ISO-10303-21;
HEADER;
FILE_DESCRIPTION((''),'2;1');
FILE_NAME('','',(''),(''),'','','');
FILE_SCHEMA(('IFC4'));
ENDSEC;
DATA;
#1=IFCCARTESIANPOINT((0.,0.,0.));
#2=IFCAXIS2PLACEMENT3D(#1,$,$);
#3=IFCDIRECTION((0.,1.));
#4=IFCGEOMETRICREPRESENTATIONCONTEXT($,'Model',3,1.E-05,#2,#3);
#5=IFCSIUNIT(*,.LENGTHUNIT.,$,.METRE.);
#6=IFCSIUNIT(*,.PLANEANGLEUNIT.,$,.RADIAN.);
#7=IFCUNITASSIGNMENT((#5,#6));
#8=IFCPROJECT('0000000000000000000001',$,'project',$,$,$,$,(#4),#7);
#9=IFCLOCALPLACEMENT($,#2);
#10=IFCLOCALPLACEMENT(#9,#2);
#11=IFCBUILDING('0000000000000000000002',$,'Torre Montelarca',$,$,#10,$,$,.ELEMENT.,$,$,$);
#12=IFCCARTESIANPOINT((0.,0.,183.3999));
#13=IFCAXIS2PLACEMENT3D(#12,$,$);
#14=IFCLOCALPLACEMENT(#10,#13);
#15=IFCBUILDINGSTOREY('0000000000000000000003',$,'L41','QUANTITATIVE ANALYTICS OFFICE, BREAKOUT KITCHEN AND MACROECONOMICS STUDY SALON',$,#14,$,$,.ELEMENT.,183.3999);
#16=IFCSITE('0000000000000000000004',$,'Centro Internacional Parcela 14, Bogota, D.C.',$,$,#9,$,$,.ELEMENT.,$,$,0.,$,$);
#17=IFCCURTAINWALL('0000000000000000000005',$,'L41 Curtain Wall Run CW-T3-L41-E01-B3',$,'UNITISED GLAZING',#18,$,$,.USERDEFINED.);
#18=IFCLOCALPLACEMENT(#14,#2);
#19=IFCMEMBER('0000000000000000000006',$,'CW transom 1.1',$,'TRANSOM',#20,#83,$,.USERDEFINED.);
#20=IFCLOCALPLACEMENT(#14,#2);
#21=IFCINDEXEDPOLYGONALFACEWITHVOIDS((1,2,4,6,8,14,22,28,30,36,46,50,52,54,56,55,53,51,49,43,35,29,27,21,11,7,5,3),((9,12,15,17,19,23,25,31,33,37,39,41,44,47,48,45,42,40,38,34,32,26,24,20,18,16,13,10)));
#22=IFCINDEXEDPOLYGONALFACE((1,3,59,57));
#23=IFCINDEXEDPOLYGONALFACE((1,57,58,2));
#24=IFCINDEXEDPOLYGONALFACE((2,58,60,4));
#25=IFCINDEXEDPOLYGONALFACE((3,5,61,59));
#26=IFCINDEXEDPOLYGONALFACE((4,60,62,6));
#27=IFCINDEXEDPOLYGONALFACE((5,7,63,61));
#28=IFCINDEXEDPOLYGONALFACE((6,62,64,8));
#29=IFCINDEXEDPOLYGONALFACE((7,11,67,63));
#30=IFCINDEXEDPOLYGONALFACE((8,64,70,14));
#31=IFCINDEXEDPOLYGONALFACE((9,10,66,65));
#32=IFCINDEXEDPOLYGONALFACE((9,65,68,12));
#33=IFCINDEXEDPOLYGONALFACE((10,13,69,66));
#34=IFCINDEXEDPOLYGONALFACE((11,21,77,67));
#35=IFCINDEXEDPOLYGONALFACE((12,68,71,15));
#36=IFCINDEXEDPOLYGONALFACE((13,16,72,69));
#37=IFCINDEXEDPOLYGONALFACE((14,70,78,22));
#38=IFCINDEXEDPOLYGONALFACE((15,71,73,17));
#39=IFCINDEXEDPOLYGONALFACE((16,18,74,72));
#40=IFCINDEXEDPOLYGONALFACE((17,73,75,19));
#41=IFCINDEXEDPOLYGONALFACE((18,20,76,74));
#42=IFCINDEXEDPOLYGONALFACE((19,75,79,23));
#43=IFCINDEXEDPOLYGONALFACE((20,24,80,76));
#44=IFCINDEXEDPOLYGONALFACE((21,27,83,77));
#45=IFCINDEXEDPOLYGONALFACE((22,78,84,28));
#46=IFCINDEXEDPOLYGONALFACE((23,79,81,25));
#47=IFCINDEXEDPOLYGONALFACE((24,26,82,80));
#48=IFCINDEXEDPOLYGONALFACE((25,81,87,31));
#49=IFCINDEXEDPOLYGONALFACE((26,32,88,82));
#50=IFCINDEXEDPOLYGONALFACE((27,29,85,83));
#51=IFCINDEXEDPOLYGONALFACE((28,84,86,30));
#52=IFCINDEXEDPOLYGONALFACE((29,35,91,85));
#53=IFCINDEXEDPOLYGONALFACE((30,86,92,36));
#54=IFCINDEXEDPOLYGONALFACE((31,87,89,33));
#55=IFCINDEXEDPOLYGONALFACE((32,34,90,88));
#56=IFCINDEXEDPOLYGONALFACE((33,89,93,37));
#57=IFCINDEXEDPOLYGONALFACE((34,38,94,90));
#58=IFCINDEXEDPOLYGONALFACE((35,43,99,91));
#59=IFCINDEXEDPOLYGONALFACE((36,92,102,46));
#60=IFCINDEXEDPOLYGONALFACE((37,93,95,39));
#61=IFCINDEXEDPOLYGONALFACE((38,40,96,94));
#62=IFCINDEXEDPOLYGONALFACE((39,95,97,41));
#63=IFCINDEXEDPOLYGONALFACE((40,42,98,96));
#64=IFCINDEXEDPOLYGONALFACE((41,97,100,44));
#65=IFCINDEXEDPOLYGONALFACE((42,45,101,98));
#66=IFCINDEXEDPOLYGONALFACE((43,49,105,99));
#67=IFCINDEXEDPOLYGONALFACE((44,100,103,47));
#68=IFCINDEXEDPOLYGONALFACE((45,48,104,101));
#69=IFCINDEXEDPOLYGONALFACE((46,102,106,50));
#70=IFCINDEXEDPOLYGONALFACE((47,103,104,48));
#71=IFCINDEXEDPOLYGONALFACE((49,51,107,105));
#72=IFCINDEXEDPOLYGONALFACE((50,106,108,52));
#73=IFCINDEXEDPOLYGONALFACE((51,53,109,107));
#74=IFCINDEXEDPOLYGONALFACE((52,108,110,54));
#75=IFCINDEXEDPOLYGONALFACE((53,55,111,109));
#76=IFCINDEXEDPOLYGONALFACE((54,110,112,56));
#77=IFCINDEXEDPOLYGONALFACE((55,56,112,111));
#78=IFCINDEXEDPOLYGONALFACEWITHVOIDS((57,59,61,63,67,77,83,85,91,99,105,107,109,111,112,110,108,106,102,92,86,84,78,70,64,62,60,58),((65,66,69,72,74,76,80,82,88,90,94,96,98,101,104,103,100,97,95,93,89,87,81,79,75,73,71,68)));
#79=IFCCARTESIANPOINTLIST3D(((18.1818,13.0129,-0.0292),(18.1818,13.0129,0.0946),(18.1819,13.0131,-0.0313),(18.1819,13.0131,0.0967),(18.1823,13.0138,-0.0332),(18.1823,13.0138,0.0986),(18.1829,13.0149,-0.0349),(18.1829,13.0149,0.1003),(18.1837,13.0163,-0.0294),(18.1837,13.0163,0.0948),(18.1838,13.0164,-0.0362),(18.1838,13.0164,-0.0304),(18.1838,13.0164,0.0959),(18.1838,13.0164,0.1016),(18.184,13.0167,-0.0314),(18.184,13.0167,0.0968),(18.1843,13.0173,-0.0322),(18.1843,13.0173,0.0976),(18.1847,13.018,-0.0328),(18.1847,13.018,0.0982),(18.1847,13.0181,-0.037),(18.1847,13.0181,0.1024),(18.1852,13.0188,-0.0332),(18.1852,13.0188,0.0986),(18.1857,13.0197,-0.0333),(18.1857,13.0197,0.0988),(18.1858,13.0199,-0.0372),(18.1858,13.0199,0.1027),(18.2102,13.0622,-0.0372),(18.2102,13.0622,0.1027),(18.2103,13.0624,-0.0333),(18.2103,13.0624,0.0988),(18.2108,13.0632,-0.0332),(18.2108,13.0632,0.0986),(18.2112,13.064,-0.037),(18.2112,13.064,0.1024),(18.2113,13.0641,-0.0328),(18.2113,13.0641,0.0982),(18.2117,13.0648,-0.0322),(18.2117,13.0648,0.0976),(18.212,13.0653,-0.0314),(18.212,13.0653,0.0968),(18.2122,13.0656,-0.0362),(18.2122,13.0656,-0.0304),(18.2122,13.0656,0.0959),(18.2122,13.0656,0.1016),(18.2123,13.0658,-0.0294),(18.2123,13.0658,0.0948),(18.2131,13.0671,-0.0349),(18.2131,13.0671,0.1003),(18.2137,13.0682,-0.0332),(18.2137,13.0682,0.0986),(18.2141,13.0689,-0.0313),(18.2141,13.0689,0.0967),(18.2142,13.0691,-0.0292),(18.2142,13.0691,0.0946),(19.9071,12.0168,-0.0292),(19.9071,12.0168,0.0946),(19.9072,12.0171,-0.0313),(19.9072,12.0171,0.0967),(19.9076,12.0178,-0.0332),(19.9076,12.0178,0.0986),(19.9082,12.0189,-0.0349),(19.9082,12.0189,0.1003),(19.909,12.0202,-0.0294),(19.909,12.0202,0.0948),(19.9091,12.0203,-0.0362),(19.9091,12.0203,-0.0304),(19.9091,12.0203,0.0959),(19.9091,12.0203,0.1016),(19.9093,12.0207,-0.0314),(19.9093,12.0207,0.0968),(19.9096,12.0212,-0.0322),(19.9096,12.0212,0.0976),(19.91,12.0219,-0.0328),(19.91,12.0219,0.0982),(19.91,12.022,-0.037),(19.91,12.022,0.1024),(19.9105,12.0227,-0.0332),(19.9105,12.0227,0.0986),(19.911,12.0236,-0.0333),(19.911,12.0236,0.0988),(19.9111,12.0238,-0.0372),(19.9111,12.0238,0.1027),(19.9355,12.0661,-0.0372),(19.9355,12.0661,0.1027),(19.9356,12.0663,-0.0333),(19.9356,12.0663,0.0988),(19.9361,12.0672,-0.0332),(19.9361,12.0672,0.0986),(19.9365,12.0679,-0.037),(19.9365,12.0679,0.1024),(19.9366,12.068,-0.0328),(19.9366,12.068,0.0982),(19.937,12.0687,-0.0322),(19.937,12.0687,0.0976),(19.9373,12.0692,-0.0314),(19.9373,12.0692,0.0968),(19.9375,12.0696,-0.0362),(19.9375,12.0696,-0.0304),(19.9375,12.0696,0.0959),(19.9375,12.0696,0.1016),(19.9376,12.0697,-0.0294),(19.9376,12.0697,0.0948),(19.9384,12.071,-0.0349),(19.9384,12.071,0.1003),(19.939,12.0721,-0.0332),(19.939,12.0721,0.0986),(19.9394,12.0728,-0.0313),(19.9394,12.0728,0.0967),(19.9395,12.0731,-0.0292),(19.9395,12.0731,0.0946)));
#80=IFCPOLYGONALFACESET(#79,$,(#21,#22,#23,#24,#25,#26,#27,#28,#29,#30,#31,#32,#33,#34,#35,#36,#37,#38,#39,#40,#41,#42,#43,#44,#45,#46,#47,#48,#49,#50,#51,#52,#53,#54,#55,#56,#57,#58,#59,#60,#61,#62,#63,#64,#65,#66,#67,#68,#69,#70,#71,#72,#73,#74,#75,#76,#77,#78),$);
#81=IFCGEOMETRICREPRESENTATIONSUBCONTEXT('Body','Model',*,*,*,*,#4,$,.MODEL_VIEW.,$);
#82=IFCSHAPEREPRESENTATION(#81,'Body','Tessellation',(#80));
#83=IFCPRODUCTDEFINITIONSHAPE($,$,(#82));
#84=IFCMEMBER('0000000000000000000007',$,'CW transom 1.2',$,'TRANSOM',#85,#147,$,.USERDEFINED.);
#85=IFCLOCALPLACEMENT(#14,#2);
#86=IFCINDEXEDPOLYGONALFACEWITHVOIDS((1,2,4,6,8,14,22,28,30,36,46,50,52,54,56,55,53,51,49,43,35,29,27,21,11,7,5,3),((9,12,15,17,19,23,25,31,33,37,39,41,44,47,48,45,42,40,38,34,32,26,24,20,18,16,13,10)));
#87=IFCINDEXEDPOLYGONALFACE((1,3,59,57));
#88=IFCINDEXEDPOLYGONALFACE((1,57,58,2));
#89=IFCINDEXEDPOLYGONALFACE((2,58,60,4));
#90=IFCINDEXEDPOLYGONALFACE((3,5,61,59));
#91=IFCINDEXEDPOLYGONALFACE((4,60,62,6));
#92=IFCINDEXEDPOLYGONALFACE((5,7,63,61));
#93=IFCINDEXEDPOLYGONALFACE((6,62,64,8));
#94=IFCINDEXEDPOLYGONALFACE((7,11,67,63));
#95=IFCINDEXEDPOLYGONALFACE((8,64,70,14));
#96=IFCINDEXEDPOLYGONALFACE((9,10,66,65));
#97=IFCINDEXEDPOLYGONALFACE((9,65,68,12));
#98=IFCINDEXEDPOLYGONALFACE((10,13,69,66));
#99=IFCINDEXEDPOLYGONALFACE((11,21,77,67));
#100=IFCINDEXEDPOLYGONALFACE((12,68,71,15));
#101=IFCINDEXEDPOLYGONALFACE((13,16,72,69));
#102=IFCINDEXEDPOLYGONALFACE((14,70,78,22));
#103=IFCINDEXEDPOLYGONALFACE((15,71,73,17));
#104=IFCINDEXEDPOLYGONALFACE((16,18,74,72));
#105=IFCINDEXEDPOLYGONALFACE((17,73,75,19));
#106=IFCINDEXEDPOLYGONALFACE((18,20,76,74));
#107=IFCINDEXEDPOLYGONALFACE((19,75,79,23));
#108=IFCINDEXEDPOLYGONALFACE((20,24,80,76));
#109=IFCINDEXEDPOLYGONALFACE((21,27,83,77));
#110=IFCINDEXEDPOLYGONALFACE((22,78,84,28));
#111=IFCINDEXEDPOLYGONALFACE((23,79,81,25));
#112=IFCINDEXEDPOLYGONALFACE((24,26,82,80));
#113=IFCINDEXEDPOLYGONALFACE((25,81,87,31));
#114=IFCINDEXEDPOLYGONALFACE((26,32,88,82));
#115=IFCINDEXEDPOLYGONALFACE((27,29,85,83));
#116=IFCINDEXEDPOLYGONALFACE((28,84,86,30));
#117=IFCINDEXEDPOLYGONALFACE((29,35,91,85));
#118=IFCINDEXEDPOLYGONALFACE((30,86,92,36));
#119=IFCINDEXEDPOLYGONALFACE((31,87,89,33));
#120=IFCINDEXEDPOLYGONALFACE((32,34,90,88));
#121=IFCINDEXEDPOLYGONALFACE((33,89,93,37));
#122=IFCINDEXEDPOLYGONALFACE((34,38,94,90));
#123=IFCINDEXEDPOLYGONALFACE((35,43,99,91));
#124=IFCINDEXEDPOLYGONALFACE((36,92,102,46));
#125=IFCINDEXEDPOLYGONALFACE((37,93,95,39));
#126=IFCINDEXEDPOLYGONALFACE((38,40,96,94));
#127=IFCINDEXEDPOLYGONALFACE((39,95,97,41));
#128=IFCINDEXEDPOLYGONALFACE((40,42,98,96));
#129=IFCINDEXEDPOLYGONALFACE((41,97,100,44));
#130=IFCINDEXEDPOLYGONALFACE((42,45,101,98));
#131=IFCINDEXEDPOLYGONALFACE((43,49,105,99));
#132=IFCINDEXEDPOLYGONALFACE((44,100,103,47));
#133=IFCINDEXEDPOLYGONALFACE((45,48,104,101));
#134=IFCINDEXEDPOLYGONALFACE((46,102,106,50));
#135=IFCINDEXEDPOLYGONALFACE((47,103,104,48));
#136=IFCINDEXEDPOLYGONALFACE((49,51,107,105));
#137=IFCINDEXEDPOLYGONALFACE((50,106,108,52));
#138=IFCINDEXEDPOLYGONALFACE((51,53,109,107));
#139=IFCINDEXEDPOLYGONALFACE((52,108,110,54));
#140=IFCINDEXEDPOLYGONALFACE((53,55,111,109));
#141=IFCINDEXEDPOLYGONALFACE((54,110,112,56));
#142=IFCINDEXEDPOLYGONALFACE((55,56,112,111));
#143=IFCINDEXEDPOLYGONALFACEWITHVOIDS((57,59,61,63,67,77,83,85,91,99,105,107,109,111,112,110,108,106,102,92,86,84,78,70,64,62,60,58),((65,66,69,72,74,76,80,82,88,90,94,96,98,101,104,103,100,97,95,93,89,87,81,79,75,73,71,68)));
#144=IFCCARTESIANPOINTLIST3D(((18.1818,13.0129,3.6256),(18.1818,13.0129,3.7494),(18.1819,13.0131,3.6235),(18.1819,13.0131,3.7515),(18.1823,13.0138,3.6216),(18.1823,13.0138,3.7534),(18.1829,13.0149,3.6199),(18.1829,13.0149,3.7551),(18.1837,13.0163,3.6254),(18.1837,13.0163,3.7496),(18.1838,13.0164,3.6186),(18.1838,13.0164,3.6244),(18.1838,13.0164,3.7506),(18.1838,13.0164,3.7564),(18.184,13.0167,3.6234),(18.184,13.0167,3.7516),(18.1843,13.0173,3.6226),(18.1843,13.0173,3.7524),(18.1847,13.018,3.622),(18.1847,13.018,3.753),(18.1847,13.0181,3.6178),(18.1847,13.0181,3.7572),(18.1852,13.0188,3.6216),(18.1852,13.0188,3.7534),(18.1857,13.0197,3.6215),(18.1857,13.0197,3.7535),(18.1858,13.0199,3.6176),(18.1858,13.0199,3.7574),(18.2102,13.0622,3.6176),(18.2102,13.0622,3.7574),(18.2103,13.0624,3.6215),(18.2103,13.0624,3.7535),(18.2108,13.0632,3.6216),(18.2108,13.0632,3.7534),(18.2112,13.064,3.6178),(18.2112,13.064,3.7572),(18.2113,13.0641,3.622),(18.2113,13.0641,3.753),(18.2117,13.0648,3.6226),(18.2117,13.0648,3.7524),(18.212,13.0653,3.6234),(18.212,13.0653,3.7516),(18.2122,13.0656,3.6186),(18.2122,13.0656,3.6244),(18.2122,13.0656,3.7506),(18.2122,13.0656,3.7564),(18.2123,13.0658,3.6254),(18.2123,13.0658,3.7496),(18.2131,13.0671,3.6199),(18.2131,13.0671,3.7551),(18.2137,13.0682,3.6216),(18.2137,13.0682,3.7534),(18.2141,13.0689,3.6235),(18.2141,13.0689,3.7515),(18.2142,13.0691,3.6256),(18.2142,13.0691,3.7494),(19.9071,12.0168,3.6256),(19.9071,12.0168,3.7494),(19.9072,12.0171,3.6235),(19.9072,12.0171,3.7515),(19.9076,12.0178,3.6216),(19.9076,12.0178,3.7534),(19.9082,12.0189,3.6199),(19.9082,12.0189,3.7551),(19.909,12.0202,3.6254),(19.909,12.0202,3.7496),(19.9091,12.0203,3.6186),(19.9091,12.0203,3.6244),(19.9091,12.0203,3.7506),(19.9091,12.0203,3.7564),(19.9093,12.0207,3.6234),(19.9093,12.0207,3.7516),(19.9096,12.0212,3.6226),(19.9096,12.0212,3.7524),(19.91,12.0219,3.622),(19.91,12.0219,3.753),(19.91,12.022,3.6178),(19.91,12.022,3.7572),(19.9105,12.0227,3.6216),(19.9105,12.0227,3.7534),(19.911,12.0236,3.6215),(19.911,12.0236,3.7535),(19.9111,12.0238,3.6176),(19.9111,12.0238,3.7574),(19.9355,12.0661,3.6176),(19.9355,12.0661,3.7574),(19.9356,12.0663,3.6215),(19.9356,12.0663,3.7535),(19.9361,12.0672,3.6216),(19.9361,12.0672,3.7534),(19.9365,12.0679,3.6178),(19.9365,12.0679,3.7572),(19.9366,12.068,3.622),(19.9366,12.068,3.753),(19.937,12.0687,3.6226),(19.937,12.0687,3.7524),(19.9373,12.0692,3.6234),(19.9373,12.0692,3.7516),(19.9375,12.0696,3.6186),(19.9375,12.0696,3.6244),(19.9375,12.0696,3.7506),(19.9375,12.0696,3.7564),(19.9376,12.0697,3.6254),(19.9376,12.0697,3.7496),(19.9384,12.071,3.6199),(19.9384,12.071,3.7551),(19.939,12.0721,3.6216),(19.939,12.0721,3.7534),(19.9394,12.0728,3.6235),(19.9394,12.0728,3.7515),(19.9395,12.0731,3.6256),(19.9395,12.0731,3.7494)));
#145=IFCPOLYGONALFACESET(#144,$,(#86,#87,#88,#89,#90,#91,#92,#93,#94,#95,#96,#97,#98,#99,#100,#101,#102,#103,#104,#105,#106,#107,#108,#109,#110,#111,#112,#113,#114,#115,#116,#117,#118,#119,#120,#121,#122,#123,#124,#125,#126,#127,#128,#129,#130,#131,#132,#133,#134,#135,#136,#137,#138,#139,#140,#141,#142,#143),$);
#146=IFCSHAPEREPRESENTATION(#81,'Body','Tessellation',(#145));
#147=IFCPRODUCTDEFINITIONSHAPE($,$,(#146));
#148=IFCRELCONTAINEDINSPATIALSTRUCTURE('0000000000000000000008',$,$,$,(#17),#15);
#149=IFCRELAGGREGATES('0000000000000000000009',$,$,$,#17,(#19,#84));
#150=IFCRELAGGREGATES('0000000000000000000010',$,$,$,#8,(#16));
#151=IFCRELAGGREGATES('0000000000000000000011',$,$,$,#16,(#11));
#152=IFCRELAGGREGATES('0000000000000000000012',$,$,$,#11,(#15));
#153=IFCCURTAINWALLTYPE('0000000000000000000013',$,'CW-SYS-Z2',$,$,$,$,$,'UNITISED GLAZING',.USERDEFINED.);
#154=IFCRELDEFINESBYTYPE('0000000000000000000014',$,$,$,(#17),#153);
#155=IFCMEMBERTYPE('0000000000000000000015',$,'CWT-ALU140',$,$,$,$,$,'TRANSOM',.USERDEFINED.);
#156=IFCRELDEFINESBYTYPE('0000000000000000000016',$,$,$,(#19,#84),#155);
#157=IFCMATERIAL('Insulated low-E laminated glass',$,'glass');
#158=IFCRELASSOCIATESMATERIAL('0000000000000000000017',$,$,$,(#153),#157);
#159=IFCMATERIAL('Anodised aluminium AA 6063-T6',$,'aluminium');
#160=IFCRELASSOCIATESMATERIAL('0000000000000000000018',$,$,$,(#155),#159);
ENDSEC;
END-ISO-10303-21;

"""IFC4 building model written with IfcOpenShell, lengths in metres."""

from ifc_helpers import new_model, si_unit, direction, frame, origin, origin_2d, place, context, subcontext, project, spatial, hollow_rectangle, extrude, source, transform, mapped, material, material_profile, profile_set, type_object, element, aggregate, save


model = new_model("IFC4")

# Units and contexts
model_context = context("Model", 3, precision=1e-05, world=origin(), true_north=direction((0.0, 1.0)))
body_context = subcontext(model_context, "Body", "Model", "MODEL_VIEW")
ifc_project = project(units=[si_unit("LENGTHUNIT", "METRE"), si_unit("PLANEANGLEUNIT", "RADIAN")], contexts=[model_context])

# Site, building, storey
site_placement = place(None, origin())
site = spatial("IfcSite", under=ifc_project, at=site_placement, Name="Centro Internacional Parcela 14, Bogota, D.C.", CompositionType="ELEMENT", RefElevation=0.0)
building_placement = place(site_placement, origin())
building = spatial("IfcBuilding", under=site, at=building_placement, Name="Torre Montelarca", CompositionType="ELEMENT")
storey_placement = place(building_placement, frame((0.0, 0.0, 183.3999)))
storey = spatial("IfcBuildingStorey", under=building, at=storey_placement, Name="L41", Description="QUANTITATIVE ANALYTICS OFFICE, BREAKOUT KITCHEN AND MACROECONOMICS STUDY SALON", CompositionType="ELEMENT", Elevation=183.3999)

# Shared definitions
ifc_material_1 = material(Name="Insulated low-E laminated glass", Category="glass")
curtain_wall_type = type_object("IfcCurtainWallType", Name="CW-SYS-Z2", ElementType="UNITISED GLAZING", PredefinedType="USERDEFINED", material=ifc_material_1)
ifc_material_2 = material(Name="Anodised aluminium AA 6063-T6", Category="aluminium")
ifc_material_profile_1 = material_profile(ifc_material_2, hollow_rectangle(XDim=0.0649, YDim=0.1399, WallThickness=0.0039, InnerFilletRadius=0.0039, OuterFilletRadius=0.0081, at=origin_2d()), Name="ALU65X140X4", Category="aluminium")
ifc_profile_set_1 = profile_set([ifc_material_profile_1], Name="Anodised aluminium AA 6063-T6")
member_type_1 = type_object("IfcMemberType", Name="CWT-ALU140", ElementType="TRANSOM", PredefinedType="USERDEFINED", material=ifc_profile_set_1)

# Curtain wall
curtain_wall_1_placement = place(storey_placement, origin())
curtain_wall_1 = element("IfcCurtainWall", 1, at=curtain_wall_1_placement, inside=storey, type_object=curtain_wall_type, Name="L41 Curtain Wall Run CW-T3-L41-E01-B3", ObjectType="UNITISED GLAZING", PredefinedType="USERDEFINED")

# Members
shared_shape_1 = source(origin(), body_context, "Body", "SweptSolid", [
    extrude(hollow_rectangle(XDim=0.0649, YDim=0.1399, WallThickness=0.0039, InnerFilletRadius=0.0039, OuterFilletRadius=0.0081, at=origin_2d()), origin(), (0.0, 0.0, 1.0), 1.9922),
])
member_1_placement = place(storey_placement, frame((18.198, 13.041, 0.0327), z_axis=(0.866033, -0.499988, 0.0), x_axis=(0.499988, 0.866033, 0.0)))
member_1 = element("IfcMember", 2, at=member_1_placement, type_object=member_type_1, Name="CW transom 1.1", ObjectType="TRANSOM", PredefinedType="USERDEFINED", context=body_context, shape_type="MappedRepresentation", body=[
    mapped(shared_shape_1, transform((0.0, 0.0, 0.0), scale=1.0)),
])
member_2_placement = place(storey_placement, frame((18.198, 13.041, 3.6875), z_axis=(0.866033, -0.499988, 0.0), x_axis=(0.499988, 0.866033, 0.0)))
member_2 = element("IfcMember", 3, at=member_2_placement, type_object=member_type_1, Name="CW transom 1.2", ObjectType="TRANSOM", PredefinedType="USERDEFINED", context=body_context, shape_type="MappedRepresentation", body=[
    mapped(shared_shape_1, transform((0.0, 0.0, 0.0), scale=1.0)),
])

aggregate(curtain_wall_1, [member_1, member_2])

save(model, "model.ifc")
